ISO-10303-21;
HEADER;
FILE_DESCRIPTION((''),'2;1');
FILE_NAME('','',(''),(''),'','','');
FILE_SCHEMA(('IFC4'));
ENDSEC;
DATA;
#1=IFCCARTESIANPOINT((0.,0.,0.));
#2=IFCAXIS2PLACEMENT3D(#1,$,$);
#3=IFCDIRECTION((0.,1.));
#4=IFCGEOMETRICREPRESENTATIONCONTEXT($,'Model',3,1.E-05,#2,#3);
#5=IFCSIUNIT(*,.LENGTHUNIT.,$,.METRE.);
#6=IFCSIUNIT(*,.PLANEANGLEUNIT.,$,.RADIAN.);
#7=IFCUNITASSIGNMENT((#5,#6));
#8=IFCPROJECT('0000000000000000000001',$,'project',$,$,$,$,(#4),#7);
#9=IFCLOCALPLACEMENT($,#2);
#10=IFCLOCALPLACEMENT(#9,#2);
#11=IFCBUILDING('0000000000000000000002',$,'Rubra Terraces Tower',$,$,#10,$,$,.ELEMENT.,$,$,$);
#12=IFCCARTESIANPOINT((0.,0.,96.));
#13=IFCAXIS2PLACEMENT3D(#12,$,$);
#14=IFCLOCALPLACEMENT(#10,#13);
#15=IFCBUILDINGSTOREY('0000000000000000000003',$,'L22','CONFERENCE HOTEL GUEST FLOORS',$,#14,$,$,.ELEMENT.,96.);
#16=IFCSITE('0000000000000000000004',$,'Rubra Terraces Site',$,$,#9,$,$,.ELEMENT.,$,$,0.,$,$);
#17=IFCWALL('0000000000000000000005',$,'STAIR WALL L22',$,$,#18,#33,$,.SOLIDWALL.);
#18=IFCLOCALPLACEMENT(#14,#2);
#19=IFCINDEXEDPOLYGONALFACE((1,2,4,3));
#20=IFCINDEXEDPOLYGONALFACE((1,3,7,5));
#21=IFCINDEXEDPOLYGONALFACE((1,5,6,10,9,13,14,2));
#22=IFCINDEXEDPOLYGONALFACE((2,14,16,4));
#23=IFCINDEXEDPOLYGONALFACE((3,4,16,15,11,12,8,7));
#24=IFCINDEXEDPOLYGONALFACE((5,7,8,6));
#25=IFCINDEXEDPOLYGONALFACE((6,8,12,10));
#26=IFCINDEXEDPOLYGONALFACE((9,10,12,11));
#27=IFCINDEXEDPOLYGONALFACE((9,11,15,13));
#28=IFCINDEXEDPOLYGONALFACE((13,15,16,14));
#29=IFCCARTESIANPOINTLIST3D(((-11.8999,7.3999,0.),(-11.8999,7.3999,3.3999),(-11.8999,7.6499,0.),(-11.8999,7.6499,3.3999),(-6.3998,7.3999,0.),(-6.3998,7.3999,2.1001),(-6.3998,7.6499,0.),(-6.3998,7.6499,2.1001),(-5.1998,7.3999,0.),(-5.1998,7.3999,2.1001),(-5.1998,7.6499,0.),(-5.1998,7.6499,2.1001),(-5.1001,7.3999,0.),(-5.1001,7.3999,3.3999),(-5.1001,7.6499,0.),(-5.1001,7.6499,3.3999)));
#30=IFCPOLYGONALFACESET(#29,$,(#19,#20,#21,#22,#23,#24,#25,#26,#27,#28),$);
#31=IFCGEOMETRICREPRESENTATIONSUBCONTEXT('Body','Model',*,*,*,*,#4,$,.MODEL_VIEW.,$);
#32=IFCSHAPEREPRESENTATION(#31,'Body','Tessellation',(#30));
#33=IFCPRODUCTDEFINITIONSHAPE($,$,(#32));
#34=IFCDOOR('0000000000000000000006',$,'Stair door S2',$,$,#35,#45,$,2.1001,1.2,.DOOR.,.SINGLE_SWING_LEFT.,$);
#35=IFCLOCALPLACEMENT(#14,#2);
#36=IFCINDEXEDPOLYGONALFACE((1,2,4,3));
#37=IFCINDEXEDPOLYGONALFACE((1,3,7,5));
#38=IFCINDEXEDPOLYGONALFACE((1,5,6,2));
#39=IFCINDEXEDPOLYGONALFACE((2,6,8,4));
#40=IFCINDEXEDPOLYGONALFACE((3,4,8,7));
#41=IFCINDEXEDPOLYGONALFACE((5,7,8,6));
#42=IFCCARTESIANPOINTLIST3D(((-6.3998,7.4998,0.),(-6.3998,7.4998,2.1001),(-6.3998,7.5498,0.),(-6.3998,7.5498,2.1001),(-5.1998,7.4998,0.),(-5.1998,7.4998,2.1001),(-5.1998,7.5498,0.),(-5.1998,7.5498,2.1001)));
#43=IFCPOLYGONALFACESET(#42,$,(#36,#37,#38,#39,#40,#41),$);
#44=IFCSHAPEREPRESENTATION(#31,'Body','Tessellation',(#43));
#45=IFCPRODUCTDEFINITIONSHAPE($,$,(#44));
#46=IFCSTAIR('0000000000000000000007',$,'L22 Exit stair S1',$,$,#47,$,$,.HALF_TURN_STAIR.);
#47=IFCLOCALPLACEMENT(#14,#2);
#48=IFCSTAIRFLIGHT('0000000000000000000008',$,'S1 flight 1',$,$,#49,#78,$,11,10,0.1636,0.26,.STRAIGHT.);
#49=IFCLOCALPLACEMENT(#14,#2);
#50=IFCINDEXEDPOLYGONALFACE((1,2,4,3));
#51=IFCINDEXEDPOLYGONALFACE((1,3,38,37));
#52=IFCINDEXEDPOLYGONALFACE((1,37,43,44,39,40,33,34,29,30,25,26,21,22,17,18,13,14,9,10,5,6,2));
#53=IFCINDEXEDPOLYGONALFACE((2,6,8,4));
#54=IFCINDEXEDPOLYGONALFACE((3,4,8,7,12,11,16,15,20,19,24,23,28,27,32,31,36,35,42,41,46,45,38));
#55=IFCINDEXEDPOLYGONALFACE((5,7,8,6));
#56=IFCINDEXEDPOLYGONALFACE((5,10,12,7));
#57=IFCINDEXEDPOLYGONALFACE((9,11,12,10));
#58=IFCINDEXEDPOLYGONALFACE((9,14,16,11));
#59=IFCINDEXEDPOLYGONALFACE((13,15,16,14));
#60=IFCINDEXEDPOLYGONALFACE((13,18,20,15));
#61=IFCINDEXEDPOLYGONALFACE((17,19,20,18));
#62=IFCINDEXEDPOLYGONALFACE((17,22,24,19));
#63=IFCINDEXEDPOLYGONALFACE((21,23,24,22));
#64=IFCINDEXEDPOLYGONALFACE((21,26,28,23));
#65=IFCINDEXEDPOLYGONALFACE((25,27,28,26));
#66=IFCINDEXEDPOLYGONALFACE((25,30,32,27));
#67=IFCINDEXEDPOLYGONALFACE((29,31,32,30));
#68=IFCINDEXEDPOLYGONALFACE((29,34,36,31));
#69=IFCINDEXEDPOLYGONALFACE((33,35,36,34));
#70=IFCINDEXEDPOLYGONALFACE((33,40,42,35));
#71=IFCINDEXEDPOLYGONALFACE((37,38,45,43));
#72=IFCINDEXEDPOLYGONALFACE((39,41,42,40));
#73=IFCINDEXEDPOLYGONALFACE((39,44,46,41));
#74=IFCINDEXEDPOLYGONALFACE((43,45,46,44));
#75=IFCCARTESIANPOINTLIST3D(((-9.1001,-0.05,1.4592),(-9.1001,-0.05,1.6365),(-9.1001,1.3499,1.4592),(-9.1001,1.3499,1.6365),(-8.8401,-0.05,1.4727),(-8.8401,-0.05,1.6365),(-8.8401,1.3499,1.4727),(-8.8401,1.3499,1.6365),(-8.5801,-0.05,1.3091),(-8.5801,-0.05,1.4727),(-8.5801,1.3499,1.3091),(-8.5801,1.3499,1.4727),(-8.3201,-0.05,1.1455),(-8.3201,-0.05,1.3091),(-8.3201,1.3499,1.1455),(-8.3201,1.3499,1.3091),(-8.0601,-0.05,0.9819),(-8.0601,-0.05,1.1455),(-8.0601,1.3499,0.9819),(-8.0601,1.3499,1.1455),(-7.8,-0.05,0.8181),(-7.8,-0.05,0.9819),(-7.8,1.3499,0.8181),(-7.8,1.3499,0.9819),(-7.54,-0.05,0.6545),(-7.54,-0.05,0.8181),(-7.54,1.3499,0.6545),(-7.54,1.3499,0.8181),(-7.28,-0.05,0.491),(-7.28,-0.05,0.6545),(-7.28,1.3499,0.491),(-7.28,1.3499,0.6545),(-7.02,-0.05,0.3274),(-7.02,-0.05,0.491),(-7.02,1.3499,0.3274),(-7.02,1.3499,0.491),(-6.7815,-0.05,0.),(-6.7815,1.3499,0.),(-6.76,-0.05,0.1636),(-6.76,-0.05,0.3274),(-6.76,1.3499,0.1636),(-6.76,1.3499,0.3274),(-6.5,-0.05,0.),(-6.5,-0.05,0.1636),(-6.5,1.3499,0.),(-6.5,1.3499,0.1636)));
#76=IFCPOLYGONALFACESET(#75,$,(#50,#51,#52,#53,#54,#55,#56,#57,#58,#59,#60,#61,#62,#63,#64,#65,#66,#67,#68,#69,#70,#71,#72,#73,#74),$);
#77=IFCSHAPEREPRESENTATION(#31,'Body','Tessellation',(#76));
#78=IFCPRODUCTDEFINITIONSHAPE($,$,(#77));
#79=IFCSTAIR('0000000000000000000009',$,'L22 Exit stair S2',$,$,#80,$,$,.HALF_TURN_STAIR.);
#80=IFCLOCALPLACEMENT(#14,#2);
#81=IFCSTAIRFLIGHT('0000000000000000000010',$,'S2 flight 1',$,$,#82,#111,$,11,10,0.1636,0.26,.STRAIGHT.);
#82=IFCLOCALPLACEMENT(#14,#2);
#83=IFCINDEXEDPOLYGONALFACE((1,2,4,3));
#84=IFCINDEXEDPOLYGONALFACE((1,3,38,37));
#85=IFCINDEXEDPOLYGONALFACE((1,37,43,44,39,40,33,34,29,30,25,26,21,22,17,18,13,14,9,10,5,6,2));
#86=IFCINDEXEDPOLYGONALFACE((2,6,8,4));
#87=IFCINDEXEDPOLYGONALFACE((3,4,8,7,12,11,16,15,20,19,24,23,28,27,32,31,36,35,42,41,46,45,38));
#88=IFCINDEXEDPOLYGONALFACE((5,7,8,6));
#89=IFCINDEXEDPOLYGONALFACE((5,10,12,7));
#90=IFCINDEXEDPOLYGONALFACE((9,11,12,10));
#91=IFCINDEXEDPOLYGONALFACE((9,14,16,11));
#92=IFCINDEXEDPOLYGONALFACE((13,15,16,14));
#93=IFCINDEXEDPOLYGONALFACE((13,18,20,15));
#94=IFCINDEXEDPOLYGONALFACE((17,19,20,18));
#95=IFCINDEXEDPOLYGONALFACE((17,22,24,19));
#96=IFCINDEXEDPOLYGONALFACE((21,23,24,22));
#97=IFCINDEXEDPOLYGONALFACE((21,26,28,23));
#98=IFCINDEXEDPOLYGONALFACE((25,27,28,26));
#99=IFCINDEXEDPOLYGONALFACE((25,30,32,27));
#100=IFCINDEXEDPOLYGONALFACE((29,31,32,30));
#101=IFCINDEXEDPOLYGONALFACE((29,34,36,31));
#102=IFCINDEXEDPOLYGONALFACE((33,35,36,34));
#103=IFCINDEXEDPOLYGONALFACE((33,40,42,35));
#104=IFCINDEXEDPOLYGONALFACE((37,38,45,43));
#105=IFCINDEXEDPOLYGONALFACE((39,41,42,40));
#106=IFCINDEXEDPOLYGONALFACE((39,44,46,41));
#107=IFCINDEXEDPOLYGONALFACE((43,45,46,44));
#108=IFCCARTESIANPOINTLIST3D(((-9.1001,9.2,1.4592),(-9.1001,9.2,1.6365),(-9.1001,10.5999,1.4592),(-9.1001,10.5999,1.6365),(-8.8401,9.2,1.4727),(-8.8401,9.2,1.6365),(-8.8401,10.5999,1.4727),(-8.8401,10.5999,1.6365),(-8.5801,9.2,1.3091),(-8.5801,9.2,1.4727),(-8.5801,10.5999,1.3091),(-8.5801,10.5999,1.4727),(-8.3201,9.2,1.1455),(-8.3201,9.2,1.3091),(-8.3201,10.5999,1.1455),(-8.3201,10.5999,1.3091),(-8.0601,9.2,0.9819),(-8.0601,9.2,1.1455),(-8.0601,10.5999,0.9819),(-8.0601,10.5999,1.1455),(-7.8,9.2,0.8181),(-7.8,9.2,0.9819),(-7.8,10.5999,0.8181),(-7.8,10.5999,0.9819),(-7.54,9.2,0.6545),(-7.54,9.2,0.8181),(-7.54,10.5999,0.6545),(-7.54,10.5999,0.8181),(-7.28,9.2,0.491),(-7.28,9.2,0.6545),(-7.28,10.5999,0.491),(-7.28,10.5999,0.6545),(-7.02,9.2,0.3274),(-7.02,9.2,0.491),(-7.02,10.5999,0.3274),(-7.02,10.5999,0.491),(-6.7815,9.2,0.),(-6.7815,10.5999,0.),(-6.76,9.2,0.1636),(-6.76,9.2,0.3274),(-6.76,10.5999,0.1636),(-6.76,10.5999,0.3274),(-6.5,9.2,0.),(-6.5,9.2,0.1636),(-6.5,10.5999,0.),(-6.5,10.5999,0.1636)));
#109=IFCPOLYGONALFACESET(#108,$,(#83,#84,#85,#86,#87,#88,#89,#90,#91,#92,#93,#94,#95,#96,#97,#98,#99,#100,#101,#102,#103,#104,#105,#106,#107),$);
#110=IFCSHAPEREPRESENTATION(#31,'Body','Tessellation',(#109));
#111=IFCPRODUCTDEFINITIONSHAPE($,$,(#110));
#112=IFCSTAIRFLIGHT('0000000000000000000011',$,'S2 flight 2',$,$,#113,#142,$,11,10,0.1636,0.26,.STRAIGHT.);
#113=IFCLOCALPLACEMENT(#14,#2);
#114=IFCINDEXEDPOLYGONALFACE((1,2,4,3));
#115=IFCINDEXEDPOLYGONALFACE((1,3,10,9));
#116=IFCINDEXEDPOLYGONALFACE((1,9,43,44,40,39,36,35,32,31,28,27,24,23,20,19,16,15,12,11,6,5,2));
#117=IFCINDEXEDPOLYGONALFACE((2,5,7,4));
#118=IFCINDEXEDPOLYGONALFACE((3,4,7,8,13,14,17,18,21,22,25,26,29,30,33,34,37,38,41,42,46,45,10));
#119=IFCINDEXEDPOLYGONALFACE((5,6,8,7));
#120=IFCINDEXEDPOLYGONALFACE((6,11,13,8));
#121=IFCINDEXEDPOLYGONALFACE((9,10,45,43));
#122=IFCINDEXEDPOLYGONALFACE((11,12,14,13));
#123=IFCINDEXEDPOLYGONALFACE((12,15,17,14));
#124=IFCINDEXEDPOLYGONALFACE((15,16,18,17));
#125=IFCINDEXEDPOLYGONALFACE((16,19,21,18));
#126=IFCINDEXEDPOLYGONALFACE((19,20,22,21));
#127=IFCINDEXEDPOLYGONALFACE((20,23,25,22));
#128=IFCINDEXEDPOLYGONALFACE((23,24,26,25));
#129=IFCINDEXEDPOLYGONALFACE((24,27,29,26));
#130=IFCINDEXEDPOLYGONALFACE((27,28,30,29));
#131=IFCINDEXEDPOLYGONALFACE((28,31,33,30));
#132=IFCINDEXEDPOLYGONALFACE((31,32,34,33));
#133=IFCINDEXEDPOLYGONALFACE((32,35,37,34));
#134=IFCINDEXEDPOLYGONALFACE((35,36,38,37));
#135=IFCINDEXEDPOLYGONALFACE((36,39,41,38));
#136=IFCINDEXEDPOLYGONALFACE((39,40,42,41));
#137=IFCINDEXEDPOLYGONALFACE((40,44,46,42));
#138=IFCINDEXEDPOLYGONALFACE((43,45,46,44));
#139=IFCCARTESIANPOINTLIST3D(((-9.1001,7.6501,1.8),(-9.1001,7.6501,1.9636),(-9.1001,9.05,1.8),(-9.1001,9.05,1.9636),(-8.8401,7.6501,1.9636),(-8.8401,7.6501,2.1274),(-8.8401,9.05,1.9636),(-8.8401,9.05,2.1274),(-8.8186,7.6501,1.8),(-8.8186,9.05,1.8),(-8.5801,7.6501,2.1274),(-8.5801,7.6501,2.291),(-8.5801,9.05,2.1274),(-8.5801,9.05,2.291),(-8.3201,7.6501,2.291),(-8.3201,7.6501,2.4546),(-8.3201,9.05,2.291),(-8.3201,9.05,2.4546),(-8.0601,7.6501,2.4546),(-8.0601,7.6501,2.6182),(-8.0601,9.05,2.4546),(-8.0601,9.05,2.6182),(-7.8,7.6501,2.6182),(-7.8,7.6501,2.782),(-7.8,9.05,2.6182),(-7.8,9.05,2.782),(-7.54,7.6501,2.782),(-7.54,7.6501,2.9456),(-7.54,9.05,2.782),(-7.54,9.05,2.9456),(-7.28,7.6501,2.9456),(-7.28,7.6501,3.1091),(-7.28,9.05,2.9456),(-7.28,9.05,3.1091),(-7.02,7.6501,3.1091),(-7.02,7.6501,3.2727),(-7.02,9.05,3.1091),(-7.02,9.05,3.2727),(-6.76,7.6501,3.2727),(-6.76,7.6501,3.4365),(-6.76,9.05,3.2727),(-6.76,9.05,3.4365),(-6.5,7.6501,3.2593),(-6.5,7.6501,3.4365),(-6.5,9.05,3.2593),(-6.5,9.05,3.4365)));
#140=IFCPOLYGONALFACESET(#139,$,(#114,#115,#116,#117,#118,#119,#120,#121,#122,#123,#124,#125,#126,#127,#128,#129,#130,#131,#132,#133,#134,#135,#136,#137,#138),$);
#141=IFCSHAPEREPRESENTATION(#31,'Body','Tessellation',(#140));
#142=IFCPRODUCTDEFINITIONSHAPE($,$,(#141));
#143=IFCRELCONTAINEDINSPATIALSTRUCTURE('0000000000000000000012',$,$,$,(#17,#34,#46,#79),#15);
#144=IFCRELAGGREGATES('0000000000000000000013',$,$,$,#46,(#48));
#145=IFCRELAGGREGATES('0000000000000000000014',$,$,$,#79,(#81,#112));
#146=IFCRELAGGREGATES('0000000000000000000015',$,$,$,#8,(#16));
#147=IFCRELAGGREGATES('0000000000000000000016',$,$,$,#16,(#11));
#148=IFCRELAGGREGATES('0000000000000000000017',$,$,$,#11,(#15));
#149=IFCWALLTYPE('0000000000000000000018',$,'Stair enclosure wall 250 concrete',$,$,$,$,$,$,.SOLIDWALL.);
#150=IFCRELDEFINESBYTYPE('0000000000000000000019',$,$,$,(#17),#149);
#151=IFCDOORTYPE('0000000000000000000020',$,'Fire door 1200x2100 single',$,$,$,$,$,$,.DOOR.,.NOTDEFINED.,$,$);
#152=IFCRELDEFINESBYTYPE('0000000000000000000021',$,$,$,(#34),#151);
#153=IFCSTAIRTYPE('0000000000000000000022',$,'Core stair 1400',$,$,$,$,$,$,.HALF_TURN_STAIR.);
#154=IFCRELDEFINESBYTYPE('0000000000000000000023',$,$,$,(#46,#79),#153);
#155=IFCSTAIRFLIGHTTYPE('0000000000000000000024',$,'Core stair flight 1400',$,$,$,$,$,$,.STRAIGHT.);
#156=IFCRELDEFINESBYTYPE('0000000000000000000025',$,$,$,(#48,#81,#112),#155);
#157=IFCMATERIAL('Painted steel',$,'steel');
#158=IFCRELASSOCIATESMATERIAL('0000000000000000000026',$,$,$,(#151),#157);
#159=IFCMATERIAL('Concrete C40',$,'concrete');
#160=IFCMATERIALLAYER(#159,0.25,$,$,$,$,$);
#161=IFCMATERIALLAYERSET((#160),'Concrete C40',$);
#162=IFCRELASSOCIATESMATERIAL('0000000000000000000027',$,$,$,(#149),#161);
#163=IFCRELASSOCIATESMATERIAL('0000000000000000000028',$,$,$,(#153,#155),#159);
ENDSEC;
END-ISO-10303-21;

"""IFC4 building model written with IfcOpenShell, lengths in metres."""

from ifc_helpers import new_model, si_unit, direction, frame, frame_2d, origin, place, context, subcontext, project, spatial, polyline, rectangle, outline, extrude, material, layer, layer_set, type_object, element, fill, aggregate, save


model = new_model("IFC4")

# Units and contexts
model_context = context("Model", 3, precision=1e-05, world=origin(), true_north=direction((0.0, 1.0)))
body_context = subcontext(model_context, "Body", "Model", "MODEL_VIEW")
ifc_project = project(units=[si_unit("LENGTHUNIT", "METRE"), si_unit("PLANEANGLEUNIT", "RADIAN")], contexts=[model_context])

# Site, building, storey
site_placement = place(None, origin())
site = spatial("IfcSite", under=ifc_project, at=site_placement, Name="Rubra Terraces Site", CompositionType="ELEMENT", RefElevation=0.0)
building_placement = place(site_placement, origin())
building = spatial("IfcBuilding", under=site, at=building_placement, Name="Rubra Terraces Tower", CompositionType="ELEMENT")
storey_placement = place(building_placement, frame((0.0, 0.0, 96.0)))
storey = spatial("IfcBuildingStorey", under=building, at=storey_placement, Name="L22", Description="CONFERENCE HOTEL GUEST FLOORS", CompositionType="ELEMENT", Elevation=96.0)

# Shared definitions
ifc_material_1 = material(Name="Concrete C40", Category="concrete")

# Shared definitions
ifc_material_2 = material(Name="Painted steel", Category="steel")
door_type_1 = type_object("IfcDoorType", Name="Fire door 1200x2100 single", OperationType="NOTDEFINED", PredefinedType="DOOR", material=ifc_material_2)

# Wall, opening, door
ifc_layer_1 = layer(ifc_material_1, 0.25)
ifc_layer_set_1 = layer_set([ifc_layer_1], Name="Concrete C40")
wall_type_1 = type_object("IfcWallType", Name="Stair enclosure wall 250 concrete", PredefinedType="SOLIDWALL", material=ifc_layer_set_1)
wall_1_placement = place(storey_placement, frame((-11.8999, 7.5249, 0.0), z_axis=(0.0, 0.0, 1.0), x_axis=(1.0, 0.0, 0.0)))
wall_1 = element("IfcWall", 1, at=wall_1_placement, inside=storey, type_object=wall_type_1, Name="STAIR WALL L22", PredefinedType="SOLIDWALL", context=body_context, shape_type="SweptSolid", body=[
    extrude(rectangle(XDim=6.7998, YDim=0.25, at=frame_2d((3.3999, 0.0))), origin(), (0.0, 0.0, 1.0), 3.3999),
])
opening_1_placement = place(wall_1_placement, frame((5.5, 0.0, 0.0)))
opening_1 = element("IfcOpeningElement", 2, at=opening_1_placement, cuts=wall_1, PredefinedType="OPENING", context=body_context, shape_type="SweptSolid", body=[
    extrude(rectangle(XDim=1.2, YDim=2.1001, at=frame_2d((0.6001, 1.05))), frame((0.0, 0.135, 0.0), z_axis=(0.0, -1.0, 0.0), x_axis=(1.0, 0.0, 0.0)), (0.0, 0.0, 1.0), 0.27),
])
door_1_placement = place(opening_1_placement, origin())
door_1 = element("IfcDoor", 3, at=door_1_placement, inside=storey, type_object=door_type_1, Name="Stair door S2", OperationType="SINGLE_SWING_LEFT", OverallHeight=2.1001, OverallWidth=1.2, PredefinedType="DOOR", context=body_context, shape_type="SweptSolid", body=[
    extrude(rectangle(XDim=1.2, YDim=2.1001, at=frame_2d((0.6001, 1.05))), frame((0.0, 0.0249, 0.0), z_axis=(0.0, -1.0, 0.0), x_axis=(1.0, 0.0, 0.0)), (0.0, 0.0, 1.0), 0.05),
])
fill(opening_1, door_1)

# Stair, stair flight
stair_type = type_object("IfcStairType", Name="Core stair 1400", PredefinedType="HALF_TURN_STAIR", material=ifc_material_1)
stair_1_placement = place(storey_placement, origin())
stair_1 = element("IfcStair", 4, at=stair_1_placement, inside=storey, type_object=stair_type, Name="L22 Exit stair S1", PredefinedType="HALF_TURN_STAIR")
stair_flight_type = type_object("IfcStairFlightType", Name="Core stair flight 1400", PredefinedType="STRAIGHT", material=ifc_material_1)
stair_flight_1_placement = place(storey_placement, frame((-6.5, 0.6499, 0.0), z_axis=(0.0, 0.0, 1.0), x_axis=(-1.0, 0.0, 0.0)))
stair_flight_1 = element("IfcStairFlight", 5, at=stair_flight_1_placement, type_object=stair_flight_type, Name="S1 flight 1", NumberOfRisers=11, NumberOfTreads=10, PredefinedType="STRAIGHT", RiserHeight=0.1636, TreadLength=0.26, context=body_context, shape_type="SweptSolid", body=[
    extrude(outline(polyline([(0.0, 0.0), (0.0, 0.1636), (0.26, 0.1636), (0.26, 0.3274), (0.52, 0.3274), (0.52, 0.491), (0.78, 0.491), (0.78, 0.6545), (1.04, 0.6545), (1.04, 0.8181), (1.3, 0.8181), (1.3, 0.9819), (1.5601, 0.9819), (1.5601, 1.1455), (1.8201, 1.1455), (1.8201, 1.3091), (2.0801, 1.3091), (2.0801, 1.4727), (2.3401, 1.4727), (2.3401, 1.6365), (2.6001, 1.6365), (2.6001, 1.8), (2.6001, 1.4592), (0.2815, 0.0), (0.0, 0.0)])), frame((0.0, 0.7, 0.0), z_axis=(0.0, -1.0, 0.0), x_axis=(1.0, 0.0, 0.0)), (0.0, 0.0, 1.0), 1.3999),
])
aggregate(stair_1, [stair_flight_1])

# Stair, stair flights
stair_2_placement = place(storey_placement, origin())
stair_2 = element("IfcStair", 6, at=stair_2_placement, inside=storey, type_object=stair_type, Name="L22 Exit stair S2", PredefinedType="HALF_TURN_STAIR")
stair_flight_2_placement = place(storey_placement, frame((-6.5, 9.8999, 0.0), z_axis=(0.0, 0.0, 1.0), x_axis=(-1.0, 0.0, 0.0)))
stair_flight_2 = element("IfcStairFlight", 7, at=stair_flight_2_placement, type_object=stair_flight_type, Name="S2 flight 1", NumberOfRisers=11, NumberOfTreads=10, PredefinedType="STRAIGHT", RiserHeight=0.1636, TreadLength=0.26, context=body_context, shape_type="SweptSolid", body=[
    extrude(outline(polyline([(0.0, 0.0), (0.0, 0.1636), (0.26, 0.1636), (0.26, 0.3274), (0.52, 0.3274), (0.52, 0.491), (0.78, 0.491), (0.78, 0.6545), (1.04, 0.6545), (1.04, 0.8181), (1.3, 0.8181), (1.3, 0.9819), (1.5601, 0.9819), (1.5601, 1.1455), (1.8201, 1.1455), (1.8201, 1.3091), (2.0801, 1.3091), (2.0801, 1.4727), (2.3401, 1.4727), (2.3401, 1.6365), (2.6001, 1.6365), (2.6001, 1.8), (2.6001, 1.4592), (0.2815, 0.0), (0.0, 0.0)])), frame((0.0, 0.7, 0.0), z_axis=(0.0, -1.0, 0.0), x_axis=(1.0, 0.0, 0.0)), (0.0, 0.0, 1.0), 1.3999),
])
stair_flight_3_placement = place(storey_placement, frame((-9.1001, 8.3501, 1.8), z_axis=(0.0, 0.0, 1.0), x_axis=(1.0, 0.0, 0.0)))
stair_flight_3 = element("IfcStairFlight", 8, at=stair_flight_3_placement, type_object=stair_flight_type, Name="S2 flight 2", NumberOfRisers=11, NumberOfTreads=10, PredefinedType="STRAIGHT", RiserHeight=0.1636, TreadLength=0.26, context=body_context, shape_type="SweptSolid", body=[
    extrude(outline(polyline([(0.0, 0.0), (0.0, 0.1636), (0.26, 0.1636), (0.26, 0.3274), (0.52, 0.3274), (0.52, 0.491), (0.78, 0.491), (0.78, 0.6545), (1.04, 0.6545), (1.04, 0.8181), (1.3, 0.8181), (1.3, 0.9819), (1.5601, 0.9819), (1.5601, 1.1455), (1.8201, 1.1455), (1.8201, 1.3091), (2.0801, 1.3091), (2.0801, 1.4727), (2.3401, 1.4727), (2.3401, 1.6365), (2.6001, 1.6365), (2.6001, 1.8), (2.6001, 1.4592), (0.2815, 0.0), (0.0, 0.0)])), frame((0.0, 0.7, 0.0), z_axis=(0.0, -1.0, 0.0), x_axis=(1.0, 0.0, 0.0)), (0.0, 0.0, 1.0), 1.3999),
])
aggregate(stair_2, [stair_flight_2, stair_flight_3])

save(model, "model.ifc")
